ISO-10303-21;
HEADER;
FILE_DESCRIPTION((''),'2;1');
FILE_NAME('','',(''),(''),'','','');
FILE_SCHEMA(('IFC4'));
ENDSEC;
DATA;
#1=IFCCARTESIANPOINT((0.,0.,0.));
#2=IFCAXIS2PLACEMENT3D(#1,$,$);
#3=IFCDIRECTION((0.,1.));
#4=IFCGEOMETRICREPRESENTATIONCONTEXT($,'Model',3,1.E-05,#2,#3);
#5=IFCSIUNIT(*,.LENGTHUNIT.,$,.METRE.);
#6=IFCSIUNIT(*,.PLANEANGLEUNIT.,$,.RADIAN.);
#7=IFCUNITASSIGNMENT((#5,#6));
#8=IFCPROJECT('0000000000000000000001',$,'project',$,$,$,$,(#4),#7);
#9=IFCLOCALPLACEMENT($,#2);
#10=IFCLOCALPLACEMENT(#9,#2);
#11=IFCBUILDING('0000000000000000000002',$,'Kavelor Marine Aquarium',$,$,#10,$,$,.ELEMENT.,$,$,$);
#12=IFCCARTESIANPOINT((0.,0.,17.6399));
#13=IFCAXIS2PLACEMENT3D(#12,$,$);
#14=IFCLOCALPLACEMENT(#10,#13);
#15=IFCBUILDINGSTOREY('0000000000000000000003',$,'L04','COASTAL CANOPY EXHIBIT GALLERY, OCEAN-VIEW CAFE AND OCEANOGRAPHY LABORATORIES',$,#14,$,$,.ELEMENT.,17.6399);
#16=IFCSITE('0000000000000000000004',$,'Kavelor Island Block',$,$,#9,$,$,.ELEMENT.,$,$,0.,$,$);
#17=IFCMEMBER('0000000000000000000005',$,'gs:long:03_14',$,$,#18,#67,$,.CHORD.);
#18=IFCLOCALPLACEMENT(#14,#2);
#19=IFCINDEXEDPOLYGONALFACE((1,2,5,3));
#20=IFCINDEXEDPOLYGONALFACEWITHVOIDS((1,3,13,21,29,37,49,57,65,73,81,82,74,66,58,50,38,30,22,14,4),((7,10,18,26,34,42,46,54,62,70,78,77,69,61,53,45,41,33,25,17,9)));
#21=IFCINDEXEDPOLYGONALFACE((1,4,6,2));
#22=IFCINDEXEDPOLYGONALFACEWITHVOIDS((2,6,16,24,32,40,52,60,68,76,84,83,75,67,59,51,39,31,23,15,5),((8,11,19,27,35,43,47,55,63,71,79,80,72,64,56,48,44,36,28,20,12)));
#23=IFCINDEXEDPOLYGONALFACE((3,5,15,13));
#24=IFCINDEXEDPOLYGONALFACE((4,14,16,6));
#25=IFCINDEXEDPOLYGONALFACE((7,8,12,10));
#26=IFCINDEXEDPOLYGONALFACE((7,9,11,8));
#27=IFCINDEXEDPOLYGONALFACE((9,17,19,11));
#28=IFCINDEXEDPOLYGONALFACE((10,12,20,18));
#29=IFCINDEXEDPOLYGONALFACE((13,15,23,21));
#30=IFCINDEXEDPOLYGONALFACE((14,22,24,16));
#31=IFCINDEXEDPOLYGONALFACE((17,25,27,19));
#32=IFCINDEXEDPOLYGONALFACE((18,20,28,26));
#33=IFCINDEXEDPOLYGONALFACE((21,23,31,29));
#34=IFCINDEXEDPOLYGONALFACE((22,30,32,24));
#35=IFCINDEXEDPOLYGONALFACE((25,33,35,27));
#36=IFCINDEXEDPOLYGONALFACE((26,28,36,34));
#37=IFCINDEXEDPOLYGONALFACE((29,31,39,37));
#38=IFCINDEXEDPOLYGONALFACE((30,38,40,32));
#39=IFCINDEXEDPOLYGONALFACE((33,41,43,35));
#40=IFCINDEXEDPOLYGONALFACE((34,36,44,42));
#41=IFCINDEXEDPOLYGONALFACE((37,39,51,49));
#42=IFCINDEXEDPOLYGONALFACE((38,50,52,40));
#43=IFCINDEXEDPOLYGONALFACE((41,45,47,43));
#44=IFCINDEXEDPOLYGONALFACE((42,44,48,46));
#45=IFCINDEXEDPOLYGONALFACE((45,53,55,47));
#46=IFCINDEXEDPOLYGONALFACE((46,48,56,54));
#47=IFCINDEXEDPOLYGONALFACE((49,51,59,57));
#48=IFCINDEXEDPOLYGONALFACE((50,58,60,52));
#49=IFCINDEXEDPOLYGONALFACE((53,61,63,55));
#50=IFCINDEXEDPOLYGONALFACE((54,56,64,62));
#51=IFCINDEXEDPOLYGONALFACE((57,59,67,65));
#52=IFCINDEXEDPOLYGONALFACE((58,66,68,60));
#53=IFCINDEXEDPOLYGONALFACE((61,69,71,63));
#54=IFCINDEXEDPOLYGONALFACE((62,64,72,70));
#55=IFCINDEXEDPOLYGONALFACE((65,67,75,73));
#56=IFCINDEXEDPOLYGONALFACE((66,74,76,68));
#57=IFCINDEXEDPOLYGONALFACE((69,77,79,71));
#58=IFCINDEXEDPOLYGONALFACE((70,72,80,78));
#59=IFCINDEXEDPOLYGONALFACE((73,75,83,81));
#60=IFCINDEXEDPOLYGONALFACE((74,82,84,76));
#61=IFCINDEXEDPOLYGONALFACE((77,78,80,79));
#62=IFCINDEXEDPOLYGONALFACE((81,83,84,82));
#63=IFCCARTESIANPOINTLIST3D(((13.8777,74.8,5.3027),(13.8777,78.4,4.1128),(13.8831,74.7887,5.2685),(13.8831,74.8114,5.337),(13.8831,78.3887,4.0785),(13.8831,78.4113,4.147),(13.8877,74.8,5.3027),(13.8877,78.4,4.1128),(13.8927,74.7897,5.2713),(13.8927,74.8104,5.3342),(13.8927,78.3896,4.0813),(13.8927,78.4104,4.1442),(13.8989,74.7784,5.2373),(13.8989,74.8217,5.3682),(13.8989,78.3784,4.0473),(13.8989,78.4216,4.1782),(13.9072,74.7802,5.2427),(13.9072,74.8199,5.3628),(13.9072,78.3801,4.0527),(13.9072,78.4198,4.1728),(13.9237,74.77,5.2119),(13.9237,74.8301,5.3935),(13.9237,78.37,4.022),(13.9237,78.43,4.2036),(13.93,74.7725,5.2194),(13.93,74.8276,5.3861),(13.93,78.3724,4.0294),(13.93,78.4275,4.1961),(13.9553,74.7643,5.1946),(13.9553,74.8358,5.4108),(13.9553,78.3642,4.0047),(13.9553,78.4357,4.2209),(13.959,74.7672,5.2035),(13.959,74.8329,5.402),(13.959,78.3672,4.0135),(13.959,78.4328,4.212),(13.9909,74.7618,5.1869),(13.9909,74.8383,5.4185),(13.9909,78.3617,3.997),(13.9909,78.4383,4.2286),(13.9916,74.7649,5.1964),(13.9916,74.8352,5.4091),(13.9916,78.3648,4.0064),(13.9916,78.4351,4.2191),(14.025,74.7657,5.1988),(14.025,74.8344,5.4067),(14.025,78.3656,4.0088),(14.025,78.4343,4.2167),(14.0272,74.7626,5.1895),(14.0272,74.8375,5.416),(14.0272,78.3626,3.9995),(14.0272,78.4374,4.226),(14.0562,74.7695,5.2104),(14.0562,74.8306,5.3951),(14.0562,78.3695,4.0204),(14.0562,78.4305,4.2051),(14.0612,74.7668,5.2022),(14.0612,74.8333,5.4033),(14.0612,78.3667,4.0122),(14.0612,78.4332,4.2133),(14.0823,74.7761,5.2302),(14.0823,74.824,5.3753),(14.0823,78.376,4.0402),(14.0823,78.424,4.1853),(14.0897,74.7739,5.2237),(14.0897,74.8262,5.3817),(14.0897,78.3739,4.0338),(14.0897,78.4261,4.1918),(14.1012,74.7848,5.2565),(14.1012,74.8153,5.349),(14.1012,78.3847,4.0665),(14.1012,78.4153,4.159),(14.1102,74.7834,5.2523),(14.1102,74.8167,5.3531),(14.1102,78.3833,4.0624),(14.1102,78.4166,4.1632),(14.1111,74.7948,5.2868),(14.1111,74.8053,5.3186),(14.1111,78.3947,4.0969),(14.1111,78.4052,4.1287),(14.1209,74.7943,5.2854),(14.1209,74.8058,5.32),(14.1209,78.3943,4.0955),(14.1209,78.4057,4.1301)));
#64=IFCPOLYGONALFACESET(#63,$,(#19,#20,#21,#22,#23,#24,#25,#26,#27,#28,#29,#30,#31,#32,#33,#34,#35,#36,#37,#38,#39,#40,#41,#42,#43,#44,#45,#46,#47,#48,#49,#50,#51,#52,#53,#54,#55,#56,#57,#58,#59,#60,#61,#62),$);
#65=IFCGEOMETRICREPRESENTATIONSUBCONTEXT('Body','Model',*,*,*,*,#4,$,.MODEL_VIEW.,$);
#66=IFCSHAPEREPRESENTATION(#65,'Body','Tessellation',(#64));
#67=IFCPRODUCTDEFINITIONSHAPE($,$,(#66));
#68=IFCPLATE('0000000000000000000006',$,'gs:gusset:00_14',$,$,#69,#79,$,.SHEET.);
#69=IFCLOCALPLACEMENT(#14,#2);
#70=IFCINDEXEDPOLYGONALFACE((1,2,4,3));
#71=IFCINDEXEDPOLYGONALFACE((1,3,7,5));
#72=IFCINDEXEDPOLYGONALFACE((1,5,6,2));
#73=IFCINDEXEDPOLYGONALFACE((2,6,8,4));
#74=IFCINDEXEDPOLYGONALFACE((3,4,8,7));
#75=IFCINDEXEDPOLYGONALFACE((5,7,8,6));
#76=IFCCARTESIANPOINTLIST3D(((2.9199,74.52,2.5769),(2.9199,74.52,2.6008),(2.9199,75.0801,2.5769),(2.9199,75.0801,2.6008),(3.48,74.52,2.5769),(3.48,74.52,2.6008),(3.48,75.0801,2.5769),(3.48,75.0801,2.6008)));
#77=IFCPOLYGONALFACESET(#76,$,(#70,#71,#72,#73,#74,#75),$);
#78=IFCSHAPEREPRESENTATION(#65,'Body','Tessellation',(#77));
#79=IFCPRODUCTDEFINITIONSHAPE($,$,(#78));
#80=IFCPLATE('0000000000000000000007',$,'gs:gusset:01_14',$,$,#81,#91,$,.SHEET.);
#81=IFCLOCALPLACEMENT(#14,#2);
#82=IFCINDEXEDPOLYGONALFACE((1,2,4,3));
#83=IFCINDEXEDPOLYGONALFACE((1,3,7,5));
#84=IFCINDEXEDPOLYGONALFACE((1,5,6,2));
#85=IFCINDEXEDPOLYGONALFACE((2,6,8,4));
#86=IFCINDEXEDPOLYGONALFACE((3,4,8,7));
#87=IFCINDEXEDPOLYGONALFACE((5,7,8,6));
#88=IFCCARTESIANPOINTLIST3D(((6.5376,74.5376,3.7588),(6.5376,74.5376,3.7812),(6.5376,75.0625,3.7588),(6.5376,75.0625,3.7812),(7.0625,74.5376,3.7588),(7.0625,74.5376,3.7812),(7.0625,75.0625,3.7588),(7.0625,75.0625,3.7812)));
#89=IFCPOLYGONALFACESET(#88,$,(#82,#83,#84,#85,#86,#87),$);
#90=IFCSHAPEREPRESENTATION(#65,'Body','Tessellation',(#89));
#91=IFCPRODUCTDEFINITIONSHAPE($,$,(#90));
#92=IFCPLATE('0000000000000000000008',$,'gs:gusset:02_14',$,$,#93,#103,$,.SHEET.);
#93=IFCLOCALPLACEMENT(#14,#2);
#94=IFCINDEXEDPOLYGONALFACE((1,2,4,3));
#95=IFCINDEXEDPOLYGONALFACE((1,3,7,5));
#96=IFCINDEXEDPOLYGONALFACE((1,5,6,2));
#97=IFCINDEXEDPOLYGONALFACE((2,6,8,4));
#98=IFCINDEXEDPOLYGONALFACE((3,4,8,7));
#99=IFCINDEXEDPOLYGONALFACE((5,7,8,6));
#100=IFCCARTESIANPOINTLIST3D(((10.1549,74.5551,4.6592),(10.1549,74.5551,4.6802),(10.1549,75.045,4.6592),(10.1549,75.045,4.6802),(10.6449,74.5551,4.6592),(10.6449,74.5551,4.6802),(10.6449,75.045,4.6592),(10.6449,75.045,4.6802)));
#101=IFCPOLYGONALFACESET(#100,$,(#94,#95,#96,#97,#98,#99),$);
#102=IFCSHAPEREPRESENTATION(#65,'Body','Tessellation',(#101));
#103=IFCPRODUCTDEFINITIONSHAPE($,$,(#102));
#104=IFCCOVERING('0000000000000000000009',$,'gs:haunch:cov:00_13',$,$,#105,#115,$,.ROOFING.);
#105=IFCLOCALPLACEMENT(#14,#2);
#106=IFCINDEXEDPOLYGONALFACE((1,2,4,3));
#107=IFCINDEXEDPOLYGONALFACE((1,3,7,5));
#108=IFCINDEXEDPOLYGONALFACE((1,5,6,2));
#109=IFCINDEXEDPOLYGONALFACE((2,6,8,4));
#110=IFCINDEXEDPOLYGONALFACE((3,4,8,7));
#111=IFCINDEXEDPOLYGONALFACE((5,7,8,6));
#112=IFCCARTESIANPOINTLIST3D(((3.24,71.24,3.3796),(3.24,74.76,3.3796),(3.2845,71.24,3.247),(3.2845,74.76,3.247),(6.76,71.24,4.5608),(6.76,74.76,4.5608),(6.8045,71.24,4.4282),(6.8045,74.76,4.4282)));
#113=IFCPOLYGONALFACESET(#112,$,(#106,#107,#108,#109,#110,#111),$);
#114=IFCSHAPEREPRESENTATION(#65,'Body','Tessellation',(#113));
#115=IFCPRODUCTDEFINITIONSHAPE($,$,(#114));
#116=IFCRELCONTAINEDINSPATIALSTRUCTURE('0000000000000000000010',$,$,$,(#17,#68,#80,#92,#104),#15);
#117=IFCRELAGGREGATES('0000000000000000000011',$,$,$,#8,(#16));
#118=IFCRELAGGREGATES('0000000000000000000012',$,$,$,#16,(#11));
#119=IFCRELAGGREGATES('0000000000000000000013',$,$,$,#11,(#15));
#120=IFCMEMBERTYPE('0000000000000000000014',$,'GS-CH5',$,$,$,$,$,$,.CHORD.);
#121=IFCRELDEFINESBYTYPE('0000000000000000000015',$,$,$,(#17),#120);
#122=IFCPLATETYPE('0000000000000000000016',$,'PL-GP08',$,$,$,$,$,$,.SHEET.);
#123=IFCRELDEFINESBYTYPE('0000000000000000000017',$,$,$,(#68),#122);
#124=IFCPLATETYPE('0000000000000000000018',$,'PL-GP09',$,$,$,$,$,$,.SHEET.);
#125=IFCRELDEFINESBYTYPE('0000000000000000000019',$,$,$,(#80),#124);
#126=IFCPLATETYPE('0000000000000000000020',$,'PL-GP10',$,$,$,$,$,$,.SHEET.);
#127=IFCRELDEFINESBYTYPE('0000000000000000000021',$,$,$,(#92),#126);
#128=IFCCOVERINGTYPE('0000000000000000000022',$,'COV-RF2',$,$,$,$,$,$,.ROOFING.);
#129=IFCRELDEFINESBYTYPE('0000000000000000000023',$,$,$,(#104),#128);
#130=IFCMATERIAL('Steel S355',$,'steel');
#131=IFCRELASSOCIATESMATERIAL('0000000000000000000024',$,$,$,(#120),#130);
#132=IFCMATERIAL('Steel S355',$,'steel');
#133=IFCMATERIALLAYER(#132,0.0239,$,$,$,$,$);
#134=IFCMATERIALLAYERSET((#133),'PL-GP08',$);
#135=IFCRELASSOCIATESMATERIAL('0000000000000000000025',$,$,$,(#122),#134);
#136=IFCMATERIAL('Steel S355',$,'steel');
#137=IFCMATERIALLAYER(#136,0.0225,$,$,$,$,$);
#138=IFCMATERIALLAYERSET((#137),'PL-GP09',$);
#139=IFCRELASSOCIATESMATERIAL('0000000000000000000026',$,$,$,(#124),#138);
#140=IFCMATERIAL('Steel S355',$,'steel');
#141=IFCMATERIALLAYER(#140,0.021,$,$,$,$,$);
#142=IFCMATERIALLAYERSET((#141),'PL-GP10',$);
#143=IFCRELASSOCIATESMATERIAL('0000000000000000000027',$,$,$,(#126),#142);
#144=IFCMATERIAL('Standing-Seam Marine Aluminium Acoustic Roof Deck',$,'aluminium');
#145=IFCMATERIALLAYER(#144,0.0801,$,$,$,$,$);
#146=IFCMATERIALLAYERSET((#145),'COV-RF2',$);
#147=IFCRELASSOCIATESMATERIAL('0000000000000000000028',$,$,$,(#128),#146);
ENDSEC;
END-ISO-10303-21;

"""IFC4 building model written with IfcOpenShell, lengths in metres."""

from ifc_helpers import new_model, si_unit, direction, frame, origin, origin_2d, place, context, subcontext, project, spatial, polyline, rectangle, hollow_circle, outline, extrude, material, layer, layer_set, material_profile, profile_set, type_object, element, save


model = new_model("IFC4")

# Units and contexts
model_context = context("Model", 3, precision=1e-05, world=origin(), true_north=direction((0.0, 1.0)))
body_context = subcontext(model_context, "Body", "Model", "MODEL_VIEW")
ifc_project = project(units=[si_unit("LENGTHUNIT", "METRE"), si_unit("PLANEANGLEUNIT", "RADIAN")], contexts=[model_context])

# Site, building, storey
site_placement = place(None, origin())
site = spatial("IfcSite", under=ifc_project, at=site_placement, Name="Kavelor Island Block", CompositionType="ELEMENT", RefElevation=0.0)
building_placement = place(site_placement, origin())
building = spatial("IfcBuilding", under=site, at=building_placement, Name="Kavelor Marine Aquarium", CompositionType="ELEMENT")
storey_placement = place(building_placement, frame((0.0, 0.0, 17.6399)))
storey = spatial("IfcBuildingStorey", under=building, at=storey_placement, Name="L04", Description="COASTAL CANOPY EXHIBIT GALLERY, OCEAN-VIEW CAFE AND OCEANOGRAPHY LABORATORIES", CompositionType="ELEMENT", Elevation=17.6399)

# Member
ifc_material_1 = material(Name="Steel S355", Category="steel")
ifc_material_profile_1 = material_profile(ifc_material_1, hollow_circle(Radius=0.1223, WallThickness=0.01, at=origin_2d()), Name="CHS 244.5x10.0")
ifc_profile_set_1 = profile_set([ifc_material_profile_1], Name="Steel S355")
member_type_1 = type_object("IfcMemberType", Name="GS-CH5", PredefinedType="CHORD", material=ifc_profile_set_1)
member_1_placement = place(storey_placement, frame((14.0, 74.8, 5.3027), z_axis=(0.0, 0.949472, -0.313851), x_axis=(-1.0, 0.0, 0.0)))
element("IfcMember", 1, at=member_1_placement, inside=storey, type_object=member_type_1, Name="gs:long:03_14", PredefinedType="CHORD", context=body_context, shape_type="SweptSolid", body=[
    extrude(hollow_circle(Radius=0.1223, WallThickness=0.01, at=origin_2d()), origin(), (0.0, 0.0, 1.0), 3.7915),
])

# Plates
ifc_material_2 = material(Name="Steel S355", Category="steel")
ifc_layer_1 = layer(ifc_material_2, 0.0239)
ifc_layer_set_1 = layer_set([ifc_layer_1], Name="PL-GP08")
plate_type_1 = type_object("IfcPlateType", Name="PL-GP08", PredefinedType="SHEET", material=ifc_layer_set_1)
plate_1_placement = place(storey_placement, frame((3.2, 74.8, 2.5769), z_axis=(0.0, 0.0, 1.0), x_axis=(1.0, 0.0, 0.0)))
element("IfcPlate", 2, at=plate_1_placement, inside=storey, type_object=plate_type_1, Name="gs:gusset:00_14", PredefinedType="SHEET", context=body_context, shape_type="SweptSolid", body=[
    extrude(rectangle(XDim=0.5601, YDim=0.5601, at=origin_2d()), origin(), (0.0, 0.0, 1.0), 0.0239),
])
ifc_material_3 = material(Name="Steel S355", Category="steel")
ifc_layer_2 = layer(ifc_material_3, 0.0225)
ifc_layer_set_2 = layer_set([ifc_layer_2], Name="PL-GP09")
plate_type_2 = type_object("IfcPlateType", Name="PL-GP09", PredefinedType="SHEET", material=ifc_layer_set_2)
plate_2_placement = place(storey_placement, frame((6.8, 74.8, 3.7588), z_axis=(0.0, 0.0, 1.0), x_axis=(1.0, 0.0, 0.0)))
element("IfcPlate", 3, at=plate_2_placement, inside=storey, type_object=plate_type_2, Name="gs:gusset:01_14", PredefinedType="SHEET", context=body_context, shape_type="SweptSolid", body=[
    extrude(rectangle(XDim=0.5249, YDim=0.5249, at=origin_2d()), origin(), (0.0, 0.0, 1.0), 0.0225),
])
ifc_material_4 = material(Name="Steel S355", Category="steel")
ifc_layer_3 = layer(ifc_material_4, 0.021)
ifc_layer_set_3 = layer_set([ifc_layer_3], Name="PL-GP10")
plate_type_3 = type_object("IfcPlateType", Name="PL-GP10", PredefinedType="SHEET", material=ifc_layer_set_3)
plate_3_placement = place(storey_placement, frame((10.3999, 74.8, 4.6592), z_axis=(0.0, 0.0, 1.0), x_axis=(1.0, 0.0, 0.0)))
element("IfcPlate", 4, at=plate_3_placement, inside=storey, type_object=plate_type_3, Name="gs:gusset:02_14", PredefinedType="SHEET", context=body_context, shape_type="SweptSolid", body=[
    extrude(rectangle(XDim=0.49, YDim=0.49, at=origin_2d()), origin(), (0.0, 0.0, 1.0), 0.021),
])

# Covering
ifc_material_5 = material(Name="Standing-Seam Marine Aluminium Acoustic Roof Deck", Category="aluminium")
ifc_layer_4 = layer(ifc_material_5, 0.0801)
ifc_layer_set_4 = layer_set([ifc_layer_4], Name="COV-RF2")
covering_type = type_object("IfcCoveringType", Name="COV-RF2", PredefinedType="ROOFING", material=ifc_layer_set_4)
covering_placement = place(storey_placement, frame((3.24, 71.24, 3.3796), z_axis=(-0.318121, 0.0, 0.94805), x_axis=(0.94805, 0.0, 0.318121)))
element("IfcCovering", 5, at=covering_placement, inside=storey, type_object=covering_type, Name="gs:haunch:cov:00_13", PredefinedType="ROOFING", context=body_context, shape_type="SweptSolid", body=[
    extrude(outline(polyline([(0.0, 0.0), (3.7129, 0.0), (3.7129, 3.52), (0.0, 3.52), (0.0, 0.0)])), origin(), (0.0, 0.0, -1.0), 0.1399),
])

save(model, "model.ifc")
